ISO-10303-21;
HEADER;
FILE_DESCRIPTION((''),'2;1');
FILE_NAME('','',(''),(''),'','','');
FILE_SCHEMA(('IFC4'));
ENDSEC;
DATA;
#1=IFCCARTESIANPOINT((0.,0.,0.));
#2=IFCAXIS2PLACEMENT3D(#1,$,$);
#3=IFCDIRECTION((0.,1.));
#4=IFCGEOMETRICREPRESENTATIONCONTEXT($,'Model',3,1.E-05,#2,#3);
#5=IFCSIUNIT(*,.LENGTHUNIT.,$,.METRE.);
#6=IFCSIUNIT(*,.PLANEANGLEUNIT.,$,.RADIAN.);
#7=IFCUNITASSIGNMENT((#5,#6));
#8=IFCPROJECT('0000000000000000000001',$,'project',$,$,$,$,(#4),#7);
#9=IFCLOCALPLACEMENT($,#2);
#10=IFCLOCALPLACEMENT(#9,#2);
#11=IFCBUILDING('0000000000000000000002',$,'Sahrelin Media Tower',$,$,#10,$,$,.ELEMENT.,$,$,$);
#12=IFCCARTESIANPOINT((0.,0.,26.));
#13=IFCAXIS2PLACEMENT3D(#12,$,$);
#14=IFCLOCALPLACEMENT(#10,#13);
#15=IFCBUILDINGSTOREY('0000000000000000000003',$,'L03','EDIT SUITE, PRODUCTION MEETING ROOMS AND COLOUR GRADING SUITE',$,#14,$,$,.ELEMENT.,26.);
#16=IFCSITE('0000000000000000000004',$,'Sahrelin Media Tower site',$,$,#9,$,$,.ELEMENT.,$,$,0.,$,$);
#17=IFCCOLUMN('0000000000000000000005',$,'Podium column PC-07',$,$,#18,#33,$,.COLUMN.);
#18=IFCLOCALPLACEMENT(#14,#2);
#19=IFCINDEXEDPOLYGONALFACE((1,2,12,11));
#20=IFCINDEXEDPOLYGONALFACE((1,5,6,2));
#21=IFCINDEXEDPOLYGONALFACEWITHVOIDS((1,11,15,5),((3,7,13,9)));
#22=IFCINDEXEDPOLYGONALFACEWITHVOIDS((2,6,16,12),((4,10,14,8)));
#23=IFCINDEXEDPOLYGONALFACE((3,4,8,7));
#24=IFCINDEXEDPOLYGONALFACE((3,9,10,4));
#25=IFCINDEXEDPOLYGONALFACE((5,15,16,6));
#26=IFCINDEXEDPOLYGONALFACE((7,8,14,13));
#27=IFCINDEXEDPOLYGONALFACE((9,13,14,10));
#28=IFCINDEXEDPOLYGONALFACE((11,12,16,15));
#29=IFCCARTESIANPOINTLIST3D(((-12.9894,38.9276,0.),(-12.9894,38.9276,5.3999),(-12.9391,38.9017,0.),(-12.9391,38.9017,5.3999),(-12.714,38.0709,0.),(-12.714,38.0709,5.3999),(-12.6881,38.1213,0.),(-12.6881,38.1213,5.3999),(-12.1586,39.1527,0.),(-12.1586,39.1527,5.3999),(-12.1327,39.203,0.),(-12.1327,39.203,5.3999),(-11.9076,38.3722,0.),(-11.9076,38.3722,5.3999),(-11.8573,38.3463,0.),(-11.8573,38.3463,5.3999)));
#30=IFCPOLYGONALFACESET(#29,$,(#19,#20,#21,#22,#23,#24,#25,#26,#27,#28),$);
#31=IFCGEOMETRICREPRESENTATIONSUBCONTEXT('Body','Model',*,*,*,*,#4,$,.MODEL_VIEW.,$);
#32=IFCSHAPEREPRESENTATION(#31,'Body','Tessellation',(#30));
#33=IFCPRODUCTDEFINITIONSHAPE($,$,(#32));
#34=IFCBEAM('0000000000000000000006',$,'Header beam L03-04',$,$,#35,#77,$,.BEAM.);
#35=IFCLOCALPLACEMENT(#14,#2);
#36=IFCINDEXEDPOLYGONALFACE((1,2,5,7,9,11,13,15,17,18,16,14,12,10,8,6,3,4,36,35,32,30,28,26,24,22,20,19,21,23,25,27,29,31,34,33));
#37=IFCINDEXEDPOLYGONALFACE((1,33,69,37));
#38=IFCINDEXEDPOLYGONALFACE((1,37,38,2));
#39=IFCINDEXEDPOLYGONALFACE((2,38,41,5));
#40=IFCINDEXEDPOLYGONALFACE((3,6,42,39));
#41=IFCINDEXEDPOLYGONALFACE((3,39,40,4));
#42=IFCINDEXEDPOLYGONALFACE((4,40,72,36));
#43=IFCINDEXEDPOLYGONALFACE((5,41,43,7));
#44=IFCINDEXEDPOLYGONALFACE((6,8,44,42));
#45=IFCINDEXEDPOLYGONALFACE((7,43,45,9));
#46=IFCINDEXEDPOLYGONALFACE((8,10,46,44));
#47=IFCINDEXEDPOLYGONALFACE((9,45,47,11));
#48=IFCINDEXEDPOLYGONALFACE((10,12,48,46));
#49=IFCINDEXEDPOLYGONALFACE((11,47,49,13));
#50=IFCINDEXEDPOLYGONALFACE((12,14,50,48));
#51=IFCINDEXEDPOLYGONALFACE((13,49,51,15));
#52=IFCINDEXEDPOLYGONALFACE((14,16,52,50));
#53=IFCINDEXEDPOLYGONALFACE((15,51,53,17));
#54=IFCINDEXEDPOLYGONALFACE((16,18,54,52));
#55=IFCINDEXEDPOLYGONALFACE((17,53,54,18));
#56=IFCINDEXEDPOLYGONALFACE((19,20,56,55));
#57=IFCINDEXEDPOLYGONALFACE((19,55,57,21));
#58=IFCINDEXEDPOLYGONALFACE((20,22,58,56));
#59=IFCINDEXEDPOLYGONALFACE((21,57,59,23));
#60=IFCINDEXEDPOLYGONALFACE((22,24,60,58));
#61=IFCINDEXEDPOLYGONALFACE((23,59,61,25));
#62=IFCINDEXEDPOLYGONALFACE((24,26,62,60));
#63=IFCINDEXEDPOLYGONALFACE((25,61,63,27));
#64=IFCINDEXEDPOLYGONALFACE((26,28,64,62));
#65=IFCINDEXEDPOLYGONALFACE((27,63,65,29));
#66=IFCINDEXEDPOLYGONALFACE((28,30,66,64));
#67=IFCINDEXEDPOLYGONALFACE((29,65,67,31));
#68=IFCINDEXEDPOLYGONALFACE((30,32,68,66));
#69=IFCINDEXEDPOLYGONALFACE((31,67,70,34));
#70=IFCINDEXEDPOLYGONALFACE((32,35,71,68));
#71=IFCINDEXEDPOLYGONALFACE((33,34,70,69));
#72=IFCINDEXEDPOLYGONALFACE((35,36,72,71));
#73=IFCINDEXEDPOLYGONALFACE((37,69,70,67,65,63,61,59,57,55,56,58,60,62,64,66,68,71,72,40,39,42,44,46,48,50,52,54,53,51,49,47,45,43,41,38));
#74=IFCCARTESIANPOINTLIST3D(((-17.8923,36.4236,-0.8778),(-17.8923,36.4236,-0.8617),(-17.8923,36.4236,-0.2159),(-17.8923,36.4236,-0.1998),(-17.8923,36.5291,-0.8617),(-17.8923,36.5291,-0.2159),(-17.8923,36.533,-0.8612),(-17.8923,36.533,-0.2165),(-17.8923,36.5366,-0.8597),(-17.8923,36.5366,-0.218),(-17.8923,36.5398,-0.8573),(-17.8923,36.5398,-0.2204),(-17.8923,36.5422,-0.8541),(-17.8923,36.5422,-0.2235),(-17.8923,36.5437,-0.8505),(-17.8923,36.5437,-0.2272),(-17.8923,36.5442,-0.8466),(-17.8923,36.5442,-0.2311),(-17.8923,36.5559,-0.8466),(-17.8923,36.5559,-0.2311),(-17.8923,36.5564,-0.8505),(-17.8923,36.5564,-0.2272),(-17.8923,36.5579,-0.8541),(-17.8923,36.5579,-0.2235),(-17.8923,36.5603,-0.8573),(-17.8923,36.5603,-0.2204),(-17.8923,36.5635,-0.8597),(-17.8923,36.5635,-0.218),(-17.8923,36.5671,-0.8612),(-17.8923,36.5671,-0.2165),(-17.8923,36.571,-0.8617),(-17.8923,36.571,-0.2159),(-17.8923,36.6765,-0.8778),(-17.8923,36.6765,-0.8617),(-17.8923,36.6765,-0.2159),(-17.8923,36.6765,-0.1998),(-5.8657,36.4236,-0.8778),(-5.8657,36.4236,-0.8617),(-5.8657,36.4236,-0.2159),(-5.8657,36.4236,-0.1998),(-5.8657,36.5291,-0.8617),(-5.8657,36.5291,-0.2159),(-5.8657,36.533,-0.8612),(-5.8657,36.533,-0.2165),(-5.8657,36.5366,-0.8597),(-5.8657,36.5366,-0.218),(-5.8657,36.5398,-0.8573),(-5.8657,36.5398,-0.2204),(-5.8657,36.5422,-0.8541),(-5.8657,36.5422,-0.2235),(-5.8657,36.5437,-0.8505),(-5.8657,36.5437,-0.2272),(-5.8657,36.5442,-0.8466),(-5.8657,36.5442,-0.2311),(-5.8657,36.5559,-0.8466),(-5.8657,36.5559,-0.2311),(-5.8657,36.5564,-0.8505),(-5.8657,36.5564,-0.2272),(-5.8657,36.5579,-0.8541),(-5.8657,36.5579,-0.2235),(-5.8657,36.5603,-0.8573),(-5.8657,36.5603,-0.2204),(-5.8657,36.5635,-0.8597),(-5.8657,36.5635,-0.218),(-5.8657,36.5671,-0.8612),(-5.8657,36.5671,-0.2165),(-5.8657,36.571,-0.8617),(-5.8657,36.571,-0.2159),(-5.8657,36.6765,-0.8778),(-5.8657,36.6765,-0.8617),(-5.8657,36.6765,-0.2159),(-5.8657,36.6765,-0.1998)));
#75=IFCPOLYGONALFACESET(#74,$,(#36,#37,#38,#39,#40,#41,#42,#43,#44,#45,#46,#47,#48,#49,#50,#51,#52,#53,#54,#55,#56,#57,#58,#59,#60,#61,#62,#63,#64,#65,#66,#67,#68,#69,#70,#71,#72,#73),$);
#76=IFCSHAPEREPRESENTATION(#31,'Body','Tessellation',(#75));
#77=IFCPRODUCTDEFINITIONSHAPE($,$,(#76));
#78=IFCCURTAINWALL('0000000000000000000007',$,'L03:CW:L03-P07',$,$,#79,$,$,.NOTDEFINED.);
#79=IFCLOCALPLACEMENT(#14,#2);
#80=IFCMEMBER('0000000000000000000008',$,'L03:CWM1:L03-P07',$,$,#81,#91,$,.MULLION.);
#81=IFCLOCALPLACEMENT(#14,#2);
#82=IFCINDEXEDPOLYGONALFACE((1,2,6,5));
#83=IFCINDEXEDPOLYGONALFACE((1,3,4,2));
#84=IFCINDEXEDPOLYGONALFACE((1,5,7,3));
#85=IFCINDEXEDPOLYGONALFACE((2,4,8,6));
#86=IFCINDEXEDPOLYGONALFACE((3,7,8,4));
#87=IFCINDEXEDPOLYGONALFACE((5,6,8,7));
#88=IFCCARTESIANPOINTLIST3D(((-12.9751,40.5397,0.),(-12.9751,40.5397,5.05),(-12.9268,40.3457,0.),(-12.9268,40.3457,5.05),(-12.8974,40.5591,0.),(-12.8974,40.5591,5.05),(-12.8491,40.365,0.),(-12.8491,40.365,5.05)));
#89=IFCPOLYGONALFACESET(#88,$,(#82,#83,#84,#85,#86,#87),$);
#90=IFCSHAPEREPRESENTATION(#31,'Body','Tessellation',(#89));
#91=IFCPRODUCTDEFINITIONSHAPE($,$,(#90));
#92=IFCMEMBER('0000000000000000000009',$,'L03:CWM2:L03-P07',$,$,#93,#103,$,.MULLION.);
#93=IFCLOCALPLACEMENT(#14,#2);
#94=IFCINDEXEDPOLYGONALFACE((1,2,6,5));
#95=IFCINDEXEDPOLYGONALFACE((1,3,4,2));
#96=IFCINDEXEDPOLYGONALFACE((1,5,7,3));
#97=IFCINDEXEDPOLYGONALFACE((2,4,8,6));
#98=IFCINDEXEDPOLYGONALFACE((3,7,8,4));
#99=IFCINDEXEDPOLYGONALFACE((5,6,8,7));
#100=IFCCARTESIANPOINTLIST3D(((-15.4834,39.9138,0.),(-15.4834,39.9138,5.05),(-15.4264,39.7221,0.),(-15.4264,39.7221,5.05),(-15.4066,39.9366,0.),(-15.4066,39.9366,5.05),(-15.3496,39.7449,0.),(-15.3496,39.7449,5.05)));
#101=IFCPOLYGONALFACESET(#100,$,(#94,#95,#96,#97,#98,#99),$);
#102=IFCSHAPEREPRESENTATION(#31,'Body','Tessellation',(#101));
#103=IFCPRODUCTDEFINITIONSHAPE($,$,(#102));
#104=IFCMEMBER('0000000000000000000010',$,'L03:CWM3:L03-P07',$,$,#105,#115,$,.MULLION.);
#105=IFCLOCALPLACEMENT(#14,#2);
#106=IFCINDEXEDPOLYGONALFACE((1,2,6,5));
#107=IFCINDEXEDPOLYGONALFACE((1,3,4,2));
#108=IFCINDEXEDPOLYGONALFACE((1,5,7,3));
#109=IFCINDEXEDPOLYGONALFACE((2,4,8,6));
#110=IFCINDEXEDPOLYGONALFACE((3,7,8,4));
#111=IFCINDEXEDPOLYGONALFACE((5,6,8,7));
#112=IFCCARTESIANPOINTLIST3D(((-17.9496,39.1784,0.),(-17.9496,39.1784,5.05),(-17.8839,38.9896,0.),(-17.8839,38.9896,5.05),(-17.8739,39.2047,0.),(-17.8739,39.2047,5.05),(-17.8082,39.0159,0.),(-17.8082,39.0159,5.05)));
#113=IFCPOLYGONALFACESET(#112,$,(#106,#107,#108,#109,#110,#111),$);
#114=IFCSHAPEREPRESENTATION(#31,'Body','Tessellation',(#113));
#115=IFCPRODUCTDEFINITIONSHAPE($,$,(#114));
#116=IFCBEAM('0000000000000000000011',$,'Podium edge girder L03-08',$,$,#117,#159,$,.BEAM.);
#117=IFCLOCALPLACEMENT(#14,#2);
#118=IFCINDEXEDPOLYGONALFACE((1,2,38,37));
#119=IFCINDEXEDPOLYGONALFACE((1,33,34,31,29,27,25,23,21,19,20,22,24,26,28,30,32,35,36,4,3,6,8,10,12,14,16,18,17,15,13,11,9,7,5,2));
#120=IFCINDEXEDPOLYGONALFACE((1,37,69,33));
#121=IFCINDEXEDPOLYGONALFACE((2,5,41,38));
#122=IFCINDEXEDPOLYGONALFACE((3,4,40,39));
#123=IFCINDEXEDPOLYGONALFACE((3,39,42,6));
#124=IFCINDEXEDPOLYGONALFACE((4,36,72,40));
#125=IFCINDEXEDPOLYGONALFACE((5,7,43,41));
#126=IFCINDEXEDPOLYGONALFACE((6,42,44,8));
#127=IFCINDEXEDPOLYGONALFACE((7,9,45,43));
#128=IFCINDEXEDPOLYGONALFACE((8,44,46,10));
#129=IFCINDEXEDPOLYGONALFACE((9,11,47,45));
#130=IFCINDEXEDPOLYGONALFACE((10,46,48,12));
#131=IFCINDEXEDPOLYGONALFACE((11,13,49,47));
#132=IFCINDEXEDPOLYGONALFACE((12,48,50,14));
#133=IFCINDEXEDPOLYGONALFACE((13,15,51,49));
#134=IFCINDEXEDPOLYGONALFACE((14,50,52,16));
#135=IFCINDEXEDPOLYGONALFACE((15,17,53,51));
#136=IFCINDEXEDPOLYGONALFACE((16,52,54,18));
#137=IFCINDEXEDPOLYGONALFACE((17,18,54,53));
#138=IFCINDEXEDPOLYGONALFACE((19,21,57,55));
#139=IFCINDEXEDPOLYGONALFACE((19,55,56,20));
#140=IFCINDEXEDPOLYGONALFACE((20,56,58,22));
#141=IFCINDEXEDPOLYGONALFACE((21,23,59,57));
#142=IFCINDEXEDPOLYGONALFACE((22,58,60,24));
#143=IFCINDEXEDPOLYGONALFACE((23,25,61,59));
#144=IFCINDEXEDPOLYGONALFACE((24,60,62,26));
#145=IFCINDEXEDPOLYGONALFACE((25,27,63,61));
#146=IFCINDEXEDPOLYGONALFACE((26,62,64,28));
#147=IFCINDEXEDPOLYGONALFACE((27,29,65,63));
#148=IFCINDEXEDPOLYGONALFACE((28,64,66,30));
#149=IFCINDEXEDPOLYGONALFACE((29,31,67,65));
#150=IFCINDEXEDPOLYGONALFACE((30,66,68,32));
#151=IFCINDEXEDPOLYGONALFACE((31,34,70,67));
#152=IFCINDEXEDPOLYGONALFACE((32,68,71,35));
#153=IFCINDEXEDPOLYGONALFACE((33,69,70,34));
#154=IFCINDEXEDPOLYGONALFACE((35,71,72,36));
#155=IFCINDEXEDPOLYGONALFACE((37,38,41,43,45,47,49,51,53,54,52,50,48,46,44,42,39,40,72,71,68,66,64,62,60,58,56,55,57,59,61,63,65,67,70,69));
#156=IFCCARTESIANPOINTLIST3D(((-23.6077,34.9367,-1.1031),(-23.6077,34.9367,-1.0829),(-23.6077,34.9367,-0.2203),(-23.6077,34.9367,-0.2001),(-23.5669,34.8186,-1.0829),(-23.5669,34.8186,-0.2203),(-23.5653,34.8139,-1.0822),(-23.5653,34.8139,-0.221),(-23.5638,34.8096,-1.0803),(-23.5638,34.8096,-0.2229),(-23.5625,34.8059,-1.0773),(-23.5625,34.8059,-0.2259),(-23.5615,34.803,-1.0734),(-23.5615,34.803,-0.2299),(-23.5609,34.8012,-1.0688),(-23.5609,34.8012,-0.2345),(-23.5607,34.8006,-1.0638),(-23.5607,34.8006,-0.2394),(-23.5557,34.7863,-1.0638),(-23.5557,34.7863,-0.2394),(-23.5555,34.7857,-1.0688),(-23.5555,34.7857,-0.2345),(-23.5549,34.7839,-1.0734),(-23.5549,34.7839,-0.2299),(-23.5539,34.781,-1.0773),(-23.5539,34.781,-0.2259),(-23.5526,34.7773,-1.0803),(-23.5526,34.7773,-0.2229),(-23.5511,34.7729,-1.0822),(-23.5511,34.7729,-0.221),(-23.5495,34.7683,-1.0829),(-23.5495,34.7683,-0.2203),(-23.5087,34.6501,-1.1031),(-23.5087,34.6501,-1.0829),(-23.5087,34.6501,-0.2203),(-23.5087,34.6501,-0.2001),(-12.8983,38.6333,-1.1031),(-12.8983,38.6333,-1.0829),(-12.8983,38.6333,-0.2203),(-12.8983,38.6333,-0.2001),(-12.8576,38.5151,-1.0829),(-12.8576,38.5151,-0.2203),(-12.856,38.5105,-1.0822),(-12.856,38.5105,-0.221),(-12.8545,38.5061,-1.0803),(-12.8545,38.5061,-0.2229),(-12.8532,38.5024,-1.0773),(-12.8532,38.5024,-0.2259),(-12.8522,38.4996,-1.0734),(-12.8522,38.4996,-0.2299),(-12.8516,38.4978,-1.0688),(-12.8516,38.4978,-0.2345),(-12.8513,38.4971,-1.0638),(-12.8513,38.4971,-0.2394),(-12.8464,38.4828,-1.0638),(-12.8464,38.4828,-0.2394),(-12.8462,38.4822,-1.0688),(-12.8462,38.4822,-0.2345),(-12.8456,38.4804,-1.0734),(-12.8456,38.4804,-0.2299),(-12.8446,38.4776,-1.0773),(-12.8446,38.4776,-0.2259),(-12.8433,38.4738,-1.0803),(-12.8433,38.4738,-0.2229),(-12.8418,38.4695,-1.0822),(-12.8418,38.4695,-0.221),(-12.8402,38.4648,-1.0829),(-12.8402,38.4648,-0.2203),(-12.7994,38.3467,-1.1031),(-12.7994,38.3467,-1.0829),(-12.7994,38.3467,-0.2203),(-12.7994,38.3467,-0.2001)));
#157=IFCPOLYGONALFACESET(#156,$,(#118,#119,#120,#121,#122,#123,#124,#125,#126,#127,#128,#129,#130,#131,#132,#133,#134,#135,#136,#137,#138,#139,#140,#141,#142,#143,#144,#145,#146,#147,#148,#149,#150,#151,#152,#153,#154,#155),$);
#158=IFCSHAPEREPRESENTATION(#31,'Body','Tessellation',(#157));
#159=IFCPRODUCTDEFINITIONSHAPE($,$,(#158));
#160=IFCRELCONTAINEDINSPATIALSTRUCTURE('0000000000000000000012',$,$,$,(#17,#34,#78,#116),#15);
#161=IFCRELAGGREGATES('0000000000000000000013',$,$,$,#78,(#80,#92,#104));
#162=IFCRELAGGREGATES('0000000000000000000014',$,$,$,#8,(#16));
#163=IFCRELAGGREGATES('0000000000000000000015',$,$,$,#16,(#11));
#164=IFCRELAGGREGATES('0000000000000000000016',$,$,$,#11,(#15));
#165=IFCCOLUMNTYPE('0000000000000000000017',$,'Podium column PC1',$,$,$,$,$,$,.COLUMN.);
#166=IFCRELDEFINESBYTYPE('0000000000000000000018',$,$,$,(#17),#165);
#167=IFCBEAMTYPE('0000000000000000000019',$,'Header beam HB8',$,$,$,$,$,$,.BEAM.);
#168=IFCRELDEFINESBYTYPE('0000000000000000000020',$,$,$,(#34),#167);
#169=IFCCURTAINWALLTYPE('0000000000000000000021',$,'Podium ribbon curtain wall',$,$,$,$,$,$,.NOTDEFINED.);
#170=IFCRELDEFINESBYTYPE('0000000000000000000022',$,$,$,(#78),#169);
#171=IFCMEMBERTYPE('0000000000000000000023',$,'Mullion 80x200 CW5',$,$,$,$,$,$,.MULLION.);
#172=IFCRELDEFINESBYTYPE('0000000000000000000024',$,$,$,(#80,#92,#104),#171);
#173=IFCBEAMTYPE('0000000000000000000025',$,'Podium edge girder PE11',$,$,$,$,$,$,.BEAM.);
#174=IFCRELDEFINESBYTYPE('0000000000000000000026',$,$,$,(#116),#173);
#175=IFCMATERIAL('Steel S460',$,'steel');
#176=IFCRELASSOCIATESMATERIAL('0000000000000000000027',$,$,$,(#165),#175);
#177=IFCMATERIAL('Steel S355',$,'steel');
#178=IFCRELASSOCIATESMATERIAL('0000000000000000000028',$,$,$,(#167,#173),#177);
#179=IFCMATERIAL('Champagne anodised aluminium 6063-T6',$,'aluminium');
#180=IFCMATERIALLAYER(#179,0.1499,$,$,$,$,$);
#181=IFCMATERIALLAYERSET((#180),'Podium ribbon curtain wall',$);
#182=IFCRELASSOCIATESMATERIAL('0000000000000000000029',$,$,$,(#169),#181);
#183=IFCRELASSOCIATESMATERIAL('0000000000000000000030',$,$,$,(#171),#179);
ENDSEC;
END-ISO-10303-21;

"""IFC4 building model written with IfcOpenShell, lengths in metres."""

from ifc_helpers import new_model, si_unit, direction, frame, origin, origin_2d, place, context, subcontext, project, spatial, rectangle, hollow_rectangle, i_section, extrude, material, layer, layer_set, material_profile, profile_set, type_object, element, aggregate, save


model = new_model("IFC4")

# Units and contexts
model_context = context("Model", 3, precision=1e-05, world=origin(), true_north=direction((0.0, 1.0)))
body_context = subcontext(model_context, "Body", "Model", "MODEL_VIEW")
ifc_project = project(units=[si_unit("LENGTHUNIT", "METRE"), si_unit("PLANEANGLEUNIT", "RADIAN")], contexts=[model_context])

# Site, building, storey
site_placement = place(None, origin())
site = spatial("IfcSite", under=ifc_project, at=site_placement, Name="Sahrelin Media Tower site", CompositionType="ELEMENT", RefElevation=0.0)
building_placement = place(site_placement, origin())
building = spatial("IfcBuilding", under=site, at=building_placement, Name="Sahrelin Media Tower", CompositionType="ELEMENT")
storey_placement = place(building_placement, frame((0.0, 0.0, 26.0)))
storey = spatial("IfcBuildingStorey", under=building, at=storey_placement, Name="L03", Description="EDIT SUITE, PRODUCTION MEETING ROOMS AND COLOUR GRADING SUITE", CompositionType="ELEMENT", Elevation=26.0)

# Column
ifc_material_1 = material(Name="Steel S460", Category="steel")
ifc_material_profile_1 = material_profile(ifc_material_1, hollow_rectangle(XDim=0.8999, YDim=0.8999, WallThickness=0.04, at=origin_2d()), Name="Podium column PC1")
ifc_profile_set_1 = profile_set([ifc_material_profile_1], Name="Steel S460")
column_type = type_object("IfcColumnType", Name="Podium column PC1", PredefinedType="COLUMN", material=ifc_profile_set_1)
column_placement = place(storey_placement, frame((-12.4233, 38.637, 0.0), z_axis=(0.0, 0.0, 1.0), x_axis=(-0.306104, 0.951998, 0.0)))
element("IfcColumn", 1, at=column_placement, inside=storey, type_object=column_type, Name="Podium column PC-07", PredefinedType="COLUMN", context=body_context, shape_type="SweptSolid", body=[
    extrude(hollow_rectangle(XDim=0.8999, YDim=0.8999, WallThickness=0.04, at=origin_2d()), origin(), (0.0, 0.0, 1.0), 5.3999),
])

# Beam
ifc_material_2 = material(Name="Steel S355", Category="steel")
ifc_material_profile_2 = material_profile(ifc_material_2, i_section(OverallWidth=0.2529, OverallDepth=0.678, WebThickness=0.0117, FlangeThickness=0.0161, FilletRadius=0.0151, at=origin_2d()), Name="UB 686x254x125")
ifc_profile_set_2 = profile_set([ifc_material_profile_2], Name="Steel S355")
beam_type_1 = type_object("IfcBeamType", Name="Header beam HB8", PredefinedType="BEAM", material=ifc_profile_set_2)
beam_1_placement = place(storey_placement, frame((-17.8923, 36.55, -0.5388), z_axis=(1.0, 0.0, 0.0), x_axis=(0.0, 1.0, 0.0)))
element("IfcBeam", 2, at=beam_1_placement, inside=storey, type_object=beam_type_1, Name="Header beam L03-04", PredefinedType="BEAM", context=body_context, shape_type="SweptSolid", body=[
    extrude(i_section(OverallWidth=0.2529, OverallDepth=0.678, WebThickness=0.0117, FlangeThickness=0.0161, FilletRadius=0.0151, at=origin_2d()), origin(), (0.0, 0.0, 1.0), 12.0266),
])

# Curtain wall, members
ifc_material_3 = material(Name="Champagne anodised aluminium 6063-T6", Category="aluminium")
ifc_layer_1 = layer(ifc_material_3, 0.1499)
ifc_layer_set_1 = layer_set([ifc_layer_1], Name="Podium ribbon curtain wall")
curtain_wall_type = type_object("IfcCurtainWallType", Name="Podium ribbon curtain wall", PredefinedType="NOTDEFINED", material=ifc_layer_set_1)
curtain_wall_placement = place(storey_placement, frame((-12.9409, 40.5688, 0.0), z_axis=(0.0, 0.0, 1.0), x_axis=(1.0, 0.0, 0.0)))
curtain_wall = element("IfcCurtainWall", 3, at=curtain_wall_placement, inside=storey, type_object=curtain_wall_type, Name="L03:CW:L03-P07", PredefinedType="NOTDEFINED")
ifc_material_profile_3 = material_profile(ifc_material_3, rectangle(XDim=0.0801, YDim=0.2, at=origin_2d()), Name="Mullion 80x200")
ifc_profile_set_3 = profile_set([ifc_material_profile_3], Name="Champagne anodised aluminium 6063-T6")
member_type_1 = type_object("IfcMemberType", Name="Mullion 80x200 CW5", PredefinedType="MULLION", material=ifc_profile_set_3)
member_1_placement = place(storey_placement, frame((-12.9121, 40.4524, 0.0), z_axis=(0.0, 0.0, 1.0), x_axis=(-0.97041, -0.241461, 0.0)))
member_1 = element("IfcMember", 4, at=member_1_placement, type_object=member_type_1, Name="L03:CWM1:L03-P07", PredefinedType="MULLION", context=body_context, shape_type="SweptSolid", body=[
    extrude(rectangle(XDim=0.0801, YDim=0.2, at=origin_2d()), origin(), (0.0, 0.0, 1.0), 5.05),
])
member_2_placement = place(storey_placement, frame((-15.4165, 39.8293, 0.0), z_axis=(0.0, 0.0, 1.0), x_axis=(-0.958495, -0.28511, 0.0)))
member_2 = element("IfcMember", 5, at=member_2_placement, type_object=member_type_1, Name="L03:CWM2:L03-P07", PredefinedType="MULLION", context=body_context, shape_type="SweptSolid", body=[
    extrude(rectangle(XDim=0.0801, YDim=0.2, at=origin_2d()), origin(), (0.0, 0.0, 1.0), 5.05),
])
member_3_placement = place(storey_placement, frame((-17.8789, 39.0972, 0.0), z_axis=(0.0, 0.0, 1.0), x_axis=(-0.944458, -0.328631, 0.0)))
member_3 = element("IfcMember", 6, at=member_3_placement, type_object=member_type_1, Name="L03:CWM3:L03-P07", PredefinedType="MULLION", context=body_context, shape_type="SweptSolid", body=[
    extrude(rectangle(XDim=0.0801, YDim=0.2, at=origin_2d()), origin(), (0.0, 0.0, 1.0), 5.05),
])

# Beam
ifc_material_profile_4 = material_profile(ifc_material_2, i_section(OverallWidth=0.3032, OverallDepth=0.9031, WebThickness=0.0151, FlangeThickness=0.0203, FilletRadius=0.019, at=origin_2d()), Name="UB 914x305x201")
ifc_profile_set_4 = profile_set([ifc_material_profile_4], Name="Steel S355")
beam_type_2 = type_object("IfcBeamType", Name="Podium edge girder PE11", PredefinedType="BEAM", material=ifc_profile_set_4)
beam_2_placement = place(storey_placement, frame((-12.8489, 38.49, -0.6516), z_axis=(-0.945272, -0.326282, 0.0), x_axis=(0.326282, -0.945272, 0.0)))
element("IfcBeam", 7, at=beam_2_placement, inside=storey, type_object=beam_type_2, Name="Podium edge girder L03-08", PredefinedType="BEAM", context=body_context, shape_type="SweptSolid", body=[
    extrude(i_section(OverallWidth=0.3032, OverallDepth=0.9031, WebThickness=0.0151, FlangeThickness=0.0203, FilletRadius=0.019, at=origin_2d()), origin(), (0.0, 0.0, 1.0), 11.3293),
])

aggregate(curtain_wall, [member_1, member_2, member_3])

save(model, "model.ifc")
